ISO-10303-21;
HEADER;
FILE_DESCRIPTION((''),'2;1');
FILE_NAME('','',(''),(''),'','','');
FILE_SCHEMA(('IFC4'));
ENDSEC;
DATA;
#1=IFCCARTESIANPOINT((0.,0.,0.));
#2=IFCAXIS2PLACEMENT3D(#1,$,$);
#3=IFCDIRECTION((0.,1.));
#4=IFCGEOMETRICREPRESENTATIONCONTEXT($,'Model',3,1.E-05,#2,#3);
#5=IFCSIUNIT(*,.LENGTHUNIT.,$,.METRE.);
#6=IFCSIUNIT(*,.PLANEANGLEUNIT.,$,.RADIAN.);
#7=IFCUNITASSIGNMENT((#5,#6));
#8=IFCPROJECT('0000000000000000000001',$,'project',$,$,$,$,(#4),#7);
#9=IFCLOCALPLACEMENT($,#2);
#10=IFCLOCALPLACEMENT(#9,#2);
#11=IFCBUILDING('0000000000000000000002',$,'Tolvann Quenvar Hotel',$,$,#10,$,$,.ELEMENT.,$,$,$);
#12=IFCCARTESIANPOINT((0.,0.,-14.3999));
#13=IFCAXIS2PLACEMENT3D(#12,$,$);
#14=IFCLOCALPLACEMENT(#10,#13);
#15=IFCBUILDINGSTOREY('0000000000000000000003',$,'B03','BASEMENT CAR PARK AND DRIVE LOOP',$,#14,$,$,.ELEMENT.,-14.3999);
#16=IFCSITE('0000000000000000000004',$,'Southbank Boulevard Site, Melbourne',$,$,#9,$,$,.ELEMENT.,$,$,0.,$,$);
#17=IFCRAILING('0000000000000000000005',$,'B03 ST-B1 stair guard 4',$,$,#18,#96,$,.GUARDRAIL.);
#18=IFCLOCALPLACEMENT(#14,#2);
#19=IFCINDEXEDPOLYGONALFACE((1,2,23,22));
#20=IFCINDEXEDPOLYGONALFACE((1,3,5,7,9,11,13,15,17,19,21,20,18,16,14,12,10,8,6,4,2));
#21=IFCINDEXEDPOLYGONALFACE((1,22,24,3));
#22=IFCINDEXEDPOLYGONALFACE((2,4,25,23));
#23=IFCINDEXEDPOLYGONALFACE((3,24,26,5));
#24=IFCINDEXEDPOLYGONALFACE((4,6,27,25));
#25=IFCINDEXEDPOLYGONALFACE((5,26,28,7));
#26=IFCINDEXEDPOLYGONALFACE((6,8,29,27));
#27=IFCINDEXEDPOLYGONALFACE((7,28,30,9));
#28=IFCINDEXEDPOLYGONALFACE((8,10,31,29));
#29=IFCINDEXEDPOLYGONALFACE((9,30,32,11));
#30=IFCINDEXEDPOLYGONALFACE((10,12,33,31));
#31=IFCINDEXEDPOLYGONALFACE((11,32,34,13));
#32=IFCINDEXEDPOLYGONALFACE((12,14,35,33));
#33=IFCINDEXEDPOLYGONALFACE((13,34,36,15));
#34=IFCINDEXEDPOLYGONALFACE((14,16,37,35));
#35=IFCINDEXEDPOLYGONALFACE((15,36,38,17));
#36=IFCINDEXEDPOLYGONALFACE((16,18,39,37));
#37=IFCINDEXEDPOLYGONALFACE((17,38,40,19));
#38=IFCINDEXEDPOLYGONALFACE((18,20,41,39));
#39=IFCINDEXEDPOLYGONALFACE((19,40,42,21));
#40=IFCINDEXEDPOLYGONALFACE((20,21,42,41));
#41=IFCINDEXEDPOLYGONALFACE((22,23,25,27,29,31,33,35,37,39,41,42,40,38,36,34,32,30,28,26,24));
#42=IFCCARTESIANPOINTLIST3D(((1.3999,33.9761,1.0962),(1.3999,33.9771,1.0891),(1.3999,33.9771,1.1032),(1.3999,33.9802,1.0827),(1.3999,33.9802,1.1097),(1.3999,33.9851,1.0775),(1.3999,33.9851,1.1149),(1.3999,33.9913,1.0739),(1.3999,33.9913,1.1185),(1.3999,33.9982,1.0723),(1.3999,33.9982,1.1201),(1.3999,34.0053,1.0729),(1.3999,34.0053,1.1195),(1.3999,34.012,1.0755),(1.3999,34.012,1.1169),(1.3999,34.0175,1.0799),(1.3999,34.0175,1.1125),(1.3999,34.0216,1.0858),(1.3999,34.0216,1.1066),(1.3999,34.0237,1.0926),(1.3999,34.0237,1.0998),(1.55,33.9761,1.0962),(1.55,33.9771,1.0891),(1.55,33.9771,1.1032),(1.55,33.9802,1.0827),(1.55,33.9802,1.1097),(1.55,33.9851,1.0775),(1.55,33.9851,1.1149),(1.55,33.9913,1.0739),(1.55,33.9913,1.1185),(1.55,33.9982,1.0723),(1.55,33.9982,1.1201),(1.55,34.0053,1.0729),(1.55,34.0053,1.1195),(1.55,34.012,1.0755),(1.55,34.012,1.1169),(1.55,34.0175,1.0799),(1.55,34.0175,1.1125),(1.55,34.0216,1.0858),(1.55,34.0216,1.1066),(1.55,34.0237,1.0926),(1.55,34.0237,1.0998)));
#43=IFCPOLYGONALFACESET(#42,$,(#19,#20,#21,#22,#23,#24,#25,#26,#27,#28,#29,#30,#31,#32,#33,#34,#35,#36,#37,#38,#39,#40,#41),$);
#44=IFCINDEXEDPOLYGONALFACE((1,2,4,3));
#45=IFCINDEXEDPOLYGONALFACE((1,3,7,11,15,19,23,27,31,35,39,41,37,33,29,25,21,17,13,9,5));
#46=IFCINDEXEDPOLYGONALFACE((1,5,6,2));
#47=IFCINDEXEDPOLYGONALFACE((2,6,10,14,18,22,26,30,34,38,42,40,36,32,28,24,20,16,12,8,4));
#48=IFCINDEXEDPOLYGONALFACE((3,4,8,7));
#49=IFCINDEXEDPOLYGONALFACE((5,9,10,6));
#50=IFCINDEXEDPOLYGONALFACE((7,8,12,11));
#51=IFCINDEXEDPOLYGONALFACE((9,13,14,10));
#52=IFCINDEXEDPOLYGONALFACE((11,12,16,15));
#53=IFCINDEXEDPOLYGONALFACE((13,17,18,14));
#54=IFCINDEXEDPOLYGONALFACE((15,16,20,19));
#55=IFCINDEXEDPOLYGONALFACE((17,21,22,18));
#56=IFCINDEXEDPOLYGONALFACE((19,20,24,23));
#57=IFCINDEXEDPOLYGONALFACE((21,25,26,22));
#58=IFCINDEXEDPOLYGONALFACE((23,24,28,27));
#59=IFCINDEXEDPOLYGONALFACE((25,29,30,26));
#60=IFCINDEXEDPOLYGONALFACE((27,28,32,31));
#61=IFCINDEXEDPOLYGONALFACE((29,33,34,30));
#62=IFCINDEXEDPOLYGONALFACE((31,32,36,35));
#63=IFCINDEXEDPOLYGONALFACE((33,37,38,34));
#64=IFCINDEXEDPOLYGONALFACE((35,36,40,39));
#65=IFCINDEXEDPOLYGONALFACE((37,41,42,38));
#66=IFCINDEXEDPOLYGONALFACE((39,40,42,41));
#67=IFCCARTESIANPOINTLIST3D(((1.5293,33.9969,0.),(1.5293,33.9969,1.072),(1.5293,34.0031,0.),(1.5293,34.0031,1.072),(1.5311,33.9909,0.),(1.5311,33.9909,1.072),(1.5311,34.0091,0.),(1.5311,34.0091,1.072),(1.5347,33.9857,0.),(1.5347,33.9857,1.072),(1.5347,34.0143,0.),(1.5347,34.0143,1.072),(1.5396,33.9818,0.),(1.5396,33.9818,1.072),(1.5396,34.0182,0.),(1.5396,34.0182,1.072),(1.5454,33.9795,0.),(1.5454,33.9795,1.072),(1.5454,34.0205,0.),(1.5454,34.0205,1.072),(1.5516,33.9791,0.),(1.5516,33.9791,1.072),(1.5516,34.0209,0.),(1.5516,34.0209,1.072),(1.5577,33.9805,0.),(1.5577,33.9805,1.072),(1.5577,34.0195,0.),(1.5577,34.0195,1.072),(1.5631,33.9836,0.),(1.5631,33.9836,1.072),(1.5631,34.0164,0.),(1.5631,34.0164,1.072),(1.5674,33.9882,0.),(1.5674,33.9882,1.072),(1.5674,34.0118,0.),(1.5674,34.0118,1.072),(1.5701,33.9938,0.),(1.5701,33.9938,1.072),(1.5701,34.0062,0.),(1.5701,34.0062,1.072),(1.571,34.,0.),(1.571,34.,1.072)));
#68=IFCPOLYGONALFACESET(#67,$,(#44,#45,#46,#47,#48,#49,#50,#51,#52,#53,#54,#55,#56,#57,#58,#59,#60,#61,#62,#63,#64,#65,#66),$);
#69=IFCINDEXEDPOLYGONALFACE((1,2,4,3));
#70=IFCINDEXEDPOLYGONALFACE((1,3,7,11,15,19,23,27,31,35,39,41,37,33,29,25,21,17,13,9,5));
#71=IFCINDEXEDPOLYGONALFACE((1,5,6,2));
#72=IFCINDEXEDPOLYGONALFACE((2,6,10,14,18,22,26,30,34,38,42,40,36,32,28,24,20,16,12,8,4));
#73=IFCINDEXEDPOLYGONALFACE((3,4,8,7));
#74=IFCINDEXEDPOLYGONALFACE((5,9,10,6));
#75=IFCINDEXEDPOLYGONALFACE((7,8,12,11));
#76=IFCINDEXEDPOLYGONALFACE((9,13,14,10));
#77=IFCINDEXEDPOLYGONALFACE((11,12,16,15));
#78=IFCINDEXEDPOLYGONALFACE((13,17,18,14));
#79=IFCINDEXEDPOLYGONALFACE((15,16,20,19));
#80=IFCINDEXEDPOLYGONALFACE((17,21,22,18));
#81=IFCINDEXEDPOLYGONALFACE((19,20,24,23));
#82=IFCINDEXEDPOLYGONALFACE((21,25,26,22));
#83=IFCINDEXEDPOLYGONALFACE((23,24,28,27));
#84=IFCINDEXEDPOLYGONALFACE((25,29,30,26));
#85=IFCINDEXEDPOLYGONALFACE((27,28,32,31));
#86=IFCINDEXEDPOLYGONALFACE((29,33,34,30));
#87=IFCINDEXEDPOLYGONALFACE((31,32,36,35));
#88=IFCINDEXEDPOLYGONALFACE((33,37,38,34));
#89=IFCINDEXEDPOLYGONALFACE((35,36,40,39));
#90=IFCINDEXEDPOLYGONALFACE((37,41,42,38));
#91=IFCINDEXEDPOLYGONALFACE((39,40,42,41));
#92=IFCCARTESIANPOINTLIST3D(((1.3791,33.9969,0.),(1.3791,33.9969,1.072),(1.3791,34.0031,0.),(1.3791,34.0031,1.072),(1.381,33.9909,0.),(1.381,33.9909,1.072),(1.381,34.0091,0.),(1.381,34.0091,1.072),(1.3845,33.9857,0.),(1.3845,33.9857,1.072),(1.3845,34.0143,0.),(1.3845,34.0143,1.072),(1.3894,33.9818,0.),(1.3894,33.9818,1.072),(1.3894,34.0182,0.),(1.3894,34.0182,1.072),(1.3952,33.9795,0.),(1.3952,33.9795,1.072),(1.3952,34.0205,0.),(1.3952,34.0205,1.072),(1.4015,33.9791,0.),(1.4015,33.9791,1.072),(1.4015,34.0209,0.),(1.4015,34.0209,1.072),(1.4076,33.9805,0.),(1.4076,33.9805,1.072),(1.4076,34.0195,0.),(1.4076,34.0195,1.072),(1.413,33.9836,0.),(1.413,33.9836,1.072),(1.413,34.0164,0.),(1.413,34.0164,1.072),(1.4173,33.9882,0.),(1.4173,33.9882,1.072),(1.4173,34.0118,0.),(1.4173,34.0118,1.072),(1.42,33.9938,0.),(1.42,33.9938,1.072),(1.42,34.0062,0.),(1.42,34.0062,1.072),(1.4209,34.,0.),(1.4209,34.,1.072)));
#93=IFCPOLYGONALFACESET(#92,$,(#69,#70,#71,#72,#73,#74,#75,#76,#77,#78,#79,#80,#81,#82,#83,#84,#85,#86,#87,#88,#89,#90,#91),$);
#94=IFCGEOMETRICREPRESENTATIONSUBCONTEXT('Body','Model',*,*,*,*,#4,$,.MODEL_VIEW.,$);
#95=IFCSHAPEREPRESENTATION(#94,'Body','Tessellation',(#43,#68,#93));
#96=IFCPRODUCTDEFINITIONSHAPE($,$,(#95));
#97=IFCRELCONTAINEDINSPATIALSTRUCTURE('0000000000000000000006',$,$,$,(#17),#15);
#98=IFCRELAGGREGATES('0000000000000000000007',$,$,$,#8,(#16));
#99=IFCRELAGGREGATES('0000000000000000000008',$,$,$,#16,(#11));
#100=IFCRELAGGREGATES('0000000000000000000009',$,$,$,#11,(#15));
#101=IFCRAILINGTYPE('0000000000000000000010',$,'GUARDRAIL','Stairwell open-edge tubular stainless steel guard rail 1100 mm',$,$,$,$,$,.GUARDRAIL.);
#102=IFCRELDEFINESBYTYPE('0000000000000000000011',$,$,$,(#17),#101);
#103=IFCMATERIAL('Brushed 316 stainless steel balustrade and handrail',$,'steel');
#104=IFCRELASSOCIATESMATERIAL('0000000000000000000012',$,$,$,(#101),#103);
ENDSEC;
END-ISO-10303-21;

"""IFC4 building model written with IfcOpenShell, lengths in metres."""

from ifc_helpers import new_model, si_unit, direction, frame, origin, origin_2d, place, context, subcontext, project, spatial, circle, extrude, material, type_object, element, save


model = new_model("IFC4")

# Units and contexts
model_context = context("Model", 3, precision=1e-05, world=origin(), true_north=direction((0.0, 1.0)))
body_context = subcontext(model_context, "Body", "Model", "MODEL_VIEW")
ifc_project = project(units=[si_unit("LENGTHUNIT", "METRE"), si_unit("PLANEANGLEUNIT", "RADIAN")], contexts=[model_context])

# Site, building, storey
site_placement = place(None, origin())
site = spatial("IfcSite", under=ifc_project, at=site_placement, Name="Southbank Boulevard Site, Melbourne", CompositionType="ELEMENT", RefElevation=0.0)
building_placement = place(site_placement, origin())
building = spatial("IfcBuilding", under=site, at=building_placement, Name="Tolvann Quenvar Hotel", CompositionType="ELEMENT")
storey_placement = place(building_placement, frame((0.0, 0.0, -14.3999)))
storey = spatial("IfcBuildingStorey", under=building, at=storey_placement, Name="B03", Description="BASEMENT CAR PARK AND DRIVE LOOP", CompositionType="ELEMENT", Elevation=-14.3999)

# Railing
ifc_material_1 = material(Name="Brushed 316 stainless steel balustrade and handrail", Category="steel")
railing_type_1 = type_object("IfcRailingType", Name="GUARDRAIL", Description="Stairwell open-edge tubular stainless steel guard rail 1100 mm", PredefinedType="GUARDRAIL", material=ifc_material_1)
railing_1_placement = place(storey_placement, frame((1.55, 34.0, 0.0)))
element("IfcRailing", 1, at=railing_1_placement, inside=storey, type_object=railing_type_1, Name="B03 ST-B1 stair guard 4", PredefinedType="GUARDRAIL", context=body_context, shape_type="SweptSolid", body=[
    extrude(circle(Radius=0.0239, at=origin_2d()), frame((0.0, 0.0, 1.0962), z_axis=(-1.0, 0.0, 0.0), x_axis=(0.0, -1.0, 0.0)), (0.0, 0.0, 1.0), 0.1501),
    extrude(circle(Radius=0.021, at=origin_2d()), origin(), (0.0, 0.0, 1.0), 1.072),
    extrude(circle(Radius=0.021, at=origin_2d()), frame((-0.1501, 0.0, 0.0)), (0.0, 0.0, 1.0), 1.072),
])

save(model, "model.ifc")
